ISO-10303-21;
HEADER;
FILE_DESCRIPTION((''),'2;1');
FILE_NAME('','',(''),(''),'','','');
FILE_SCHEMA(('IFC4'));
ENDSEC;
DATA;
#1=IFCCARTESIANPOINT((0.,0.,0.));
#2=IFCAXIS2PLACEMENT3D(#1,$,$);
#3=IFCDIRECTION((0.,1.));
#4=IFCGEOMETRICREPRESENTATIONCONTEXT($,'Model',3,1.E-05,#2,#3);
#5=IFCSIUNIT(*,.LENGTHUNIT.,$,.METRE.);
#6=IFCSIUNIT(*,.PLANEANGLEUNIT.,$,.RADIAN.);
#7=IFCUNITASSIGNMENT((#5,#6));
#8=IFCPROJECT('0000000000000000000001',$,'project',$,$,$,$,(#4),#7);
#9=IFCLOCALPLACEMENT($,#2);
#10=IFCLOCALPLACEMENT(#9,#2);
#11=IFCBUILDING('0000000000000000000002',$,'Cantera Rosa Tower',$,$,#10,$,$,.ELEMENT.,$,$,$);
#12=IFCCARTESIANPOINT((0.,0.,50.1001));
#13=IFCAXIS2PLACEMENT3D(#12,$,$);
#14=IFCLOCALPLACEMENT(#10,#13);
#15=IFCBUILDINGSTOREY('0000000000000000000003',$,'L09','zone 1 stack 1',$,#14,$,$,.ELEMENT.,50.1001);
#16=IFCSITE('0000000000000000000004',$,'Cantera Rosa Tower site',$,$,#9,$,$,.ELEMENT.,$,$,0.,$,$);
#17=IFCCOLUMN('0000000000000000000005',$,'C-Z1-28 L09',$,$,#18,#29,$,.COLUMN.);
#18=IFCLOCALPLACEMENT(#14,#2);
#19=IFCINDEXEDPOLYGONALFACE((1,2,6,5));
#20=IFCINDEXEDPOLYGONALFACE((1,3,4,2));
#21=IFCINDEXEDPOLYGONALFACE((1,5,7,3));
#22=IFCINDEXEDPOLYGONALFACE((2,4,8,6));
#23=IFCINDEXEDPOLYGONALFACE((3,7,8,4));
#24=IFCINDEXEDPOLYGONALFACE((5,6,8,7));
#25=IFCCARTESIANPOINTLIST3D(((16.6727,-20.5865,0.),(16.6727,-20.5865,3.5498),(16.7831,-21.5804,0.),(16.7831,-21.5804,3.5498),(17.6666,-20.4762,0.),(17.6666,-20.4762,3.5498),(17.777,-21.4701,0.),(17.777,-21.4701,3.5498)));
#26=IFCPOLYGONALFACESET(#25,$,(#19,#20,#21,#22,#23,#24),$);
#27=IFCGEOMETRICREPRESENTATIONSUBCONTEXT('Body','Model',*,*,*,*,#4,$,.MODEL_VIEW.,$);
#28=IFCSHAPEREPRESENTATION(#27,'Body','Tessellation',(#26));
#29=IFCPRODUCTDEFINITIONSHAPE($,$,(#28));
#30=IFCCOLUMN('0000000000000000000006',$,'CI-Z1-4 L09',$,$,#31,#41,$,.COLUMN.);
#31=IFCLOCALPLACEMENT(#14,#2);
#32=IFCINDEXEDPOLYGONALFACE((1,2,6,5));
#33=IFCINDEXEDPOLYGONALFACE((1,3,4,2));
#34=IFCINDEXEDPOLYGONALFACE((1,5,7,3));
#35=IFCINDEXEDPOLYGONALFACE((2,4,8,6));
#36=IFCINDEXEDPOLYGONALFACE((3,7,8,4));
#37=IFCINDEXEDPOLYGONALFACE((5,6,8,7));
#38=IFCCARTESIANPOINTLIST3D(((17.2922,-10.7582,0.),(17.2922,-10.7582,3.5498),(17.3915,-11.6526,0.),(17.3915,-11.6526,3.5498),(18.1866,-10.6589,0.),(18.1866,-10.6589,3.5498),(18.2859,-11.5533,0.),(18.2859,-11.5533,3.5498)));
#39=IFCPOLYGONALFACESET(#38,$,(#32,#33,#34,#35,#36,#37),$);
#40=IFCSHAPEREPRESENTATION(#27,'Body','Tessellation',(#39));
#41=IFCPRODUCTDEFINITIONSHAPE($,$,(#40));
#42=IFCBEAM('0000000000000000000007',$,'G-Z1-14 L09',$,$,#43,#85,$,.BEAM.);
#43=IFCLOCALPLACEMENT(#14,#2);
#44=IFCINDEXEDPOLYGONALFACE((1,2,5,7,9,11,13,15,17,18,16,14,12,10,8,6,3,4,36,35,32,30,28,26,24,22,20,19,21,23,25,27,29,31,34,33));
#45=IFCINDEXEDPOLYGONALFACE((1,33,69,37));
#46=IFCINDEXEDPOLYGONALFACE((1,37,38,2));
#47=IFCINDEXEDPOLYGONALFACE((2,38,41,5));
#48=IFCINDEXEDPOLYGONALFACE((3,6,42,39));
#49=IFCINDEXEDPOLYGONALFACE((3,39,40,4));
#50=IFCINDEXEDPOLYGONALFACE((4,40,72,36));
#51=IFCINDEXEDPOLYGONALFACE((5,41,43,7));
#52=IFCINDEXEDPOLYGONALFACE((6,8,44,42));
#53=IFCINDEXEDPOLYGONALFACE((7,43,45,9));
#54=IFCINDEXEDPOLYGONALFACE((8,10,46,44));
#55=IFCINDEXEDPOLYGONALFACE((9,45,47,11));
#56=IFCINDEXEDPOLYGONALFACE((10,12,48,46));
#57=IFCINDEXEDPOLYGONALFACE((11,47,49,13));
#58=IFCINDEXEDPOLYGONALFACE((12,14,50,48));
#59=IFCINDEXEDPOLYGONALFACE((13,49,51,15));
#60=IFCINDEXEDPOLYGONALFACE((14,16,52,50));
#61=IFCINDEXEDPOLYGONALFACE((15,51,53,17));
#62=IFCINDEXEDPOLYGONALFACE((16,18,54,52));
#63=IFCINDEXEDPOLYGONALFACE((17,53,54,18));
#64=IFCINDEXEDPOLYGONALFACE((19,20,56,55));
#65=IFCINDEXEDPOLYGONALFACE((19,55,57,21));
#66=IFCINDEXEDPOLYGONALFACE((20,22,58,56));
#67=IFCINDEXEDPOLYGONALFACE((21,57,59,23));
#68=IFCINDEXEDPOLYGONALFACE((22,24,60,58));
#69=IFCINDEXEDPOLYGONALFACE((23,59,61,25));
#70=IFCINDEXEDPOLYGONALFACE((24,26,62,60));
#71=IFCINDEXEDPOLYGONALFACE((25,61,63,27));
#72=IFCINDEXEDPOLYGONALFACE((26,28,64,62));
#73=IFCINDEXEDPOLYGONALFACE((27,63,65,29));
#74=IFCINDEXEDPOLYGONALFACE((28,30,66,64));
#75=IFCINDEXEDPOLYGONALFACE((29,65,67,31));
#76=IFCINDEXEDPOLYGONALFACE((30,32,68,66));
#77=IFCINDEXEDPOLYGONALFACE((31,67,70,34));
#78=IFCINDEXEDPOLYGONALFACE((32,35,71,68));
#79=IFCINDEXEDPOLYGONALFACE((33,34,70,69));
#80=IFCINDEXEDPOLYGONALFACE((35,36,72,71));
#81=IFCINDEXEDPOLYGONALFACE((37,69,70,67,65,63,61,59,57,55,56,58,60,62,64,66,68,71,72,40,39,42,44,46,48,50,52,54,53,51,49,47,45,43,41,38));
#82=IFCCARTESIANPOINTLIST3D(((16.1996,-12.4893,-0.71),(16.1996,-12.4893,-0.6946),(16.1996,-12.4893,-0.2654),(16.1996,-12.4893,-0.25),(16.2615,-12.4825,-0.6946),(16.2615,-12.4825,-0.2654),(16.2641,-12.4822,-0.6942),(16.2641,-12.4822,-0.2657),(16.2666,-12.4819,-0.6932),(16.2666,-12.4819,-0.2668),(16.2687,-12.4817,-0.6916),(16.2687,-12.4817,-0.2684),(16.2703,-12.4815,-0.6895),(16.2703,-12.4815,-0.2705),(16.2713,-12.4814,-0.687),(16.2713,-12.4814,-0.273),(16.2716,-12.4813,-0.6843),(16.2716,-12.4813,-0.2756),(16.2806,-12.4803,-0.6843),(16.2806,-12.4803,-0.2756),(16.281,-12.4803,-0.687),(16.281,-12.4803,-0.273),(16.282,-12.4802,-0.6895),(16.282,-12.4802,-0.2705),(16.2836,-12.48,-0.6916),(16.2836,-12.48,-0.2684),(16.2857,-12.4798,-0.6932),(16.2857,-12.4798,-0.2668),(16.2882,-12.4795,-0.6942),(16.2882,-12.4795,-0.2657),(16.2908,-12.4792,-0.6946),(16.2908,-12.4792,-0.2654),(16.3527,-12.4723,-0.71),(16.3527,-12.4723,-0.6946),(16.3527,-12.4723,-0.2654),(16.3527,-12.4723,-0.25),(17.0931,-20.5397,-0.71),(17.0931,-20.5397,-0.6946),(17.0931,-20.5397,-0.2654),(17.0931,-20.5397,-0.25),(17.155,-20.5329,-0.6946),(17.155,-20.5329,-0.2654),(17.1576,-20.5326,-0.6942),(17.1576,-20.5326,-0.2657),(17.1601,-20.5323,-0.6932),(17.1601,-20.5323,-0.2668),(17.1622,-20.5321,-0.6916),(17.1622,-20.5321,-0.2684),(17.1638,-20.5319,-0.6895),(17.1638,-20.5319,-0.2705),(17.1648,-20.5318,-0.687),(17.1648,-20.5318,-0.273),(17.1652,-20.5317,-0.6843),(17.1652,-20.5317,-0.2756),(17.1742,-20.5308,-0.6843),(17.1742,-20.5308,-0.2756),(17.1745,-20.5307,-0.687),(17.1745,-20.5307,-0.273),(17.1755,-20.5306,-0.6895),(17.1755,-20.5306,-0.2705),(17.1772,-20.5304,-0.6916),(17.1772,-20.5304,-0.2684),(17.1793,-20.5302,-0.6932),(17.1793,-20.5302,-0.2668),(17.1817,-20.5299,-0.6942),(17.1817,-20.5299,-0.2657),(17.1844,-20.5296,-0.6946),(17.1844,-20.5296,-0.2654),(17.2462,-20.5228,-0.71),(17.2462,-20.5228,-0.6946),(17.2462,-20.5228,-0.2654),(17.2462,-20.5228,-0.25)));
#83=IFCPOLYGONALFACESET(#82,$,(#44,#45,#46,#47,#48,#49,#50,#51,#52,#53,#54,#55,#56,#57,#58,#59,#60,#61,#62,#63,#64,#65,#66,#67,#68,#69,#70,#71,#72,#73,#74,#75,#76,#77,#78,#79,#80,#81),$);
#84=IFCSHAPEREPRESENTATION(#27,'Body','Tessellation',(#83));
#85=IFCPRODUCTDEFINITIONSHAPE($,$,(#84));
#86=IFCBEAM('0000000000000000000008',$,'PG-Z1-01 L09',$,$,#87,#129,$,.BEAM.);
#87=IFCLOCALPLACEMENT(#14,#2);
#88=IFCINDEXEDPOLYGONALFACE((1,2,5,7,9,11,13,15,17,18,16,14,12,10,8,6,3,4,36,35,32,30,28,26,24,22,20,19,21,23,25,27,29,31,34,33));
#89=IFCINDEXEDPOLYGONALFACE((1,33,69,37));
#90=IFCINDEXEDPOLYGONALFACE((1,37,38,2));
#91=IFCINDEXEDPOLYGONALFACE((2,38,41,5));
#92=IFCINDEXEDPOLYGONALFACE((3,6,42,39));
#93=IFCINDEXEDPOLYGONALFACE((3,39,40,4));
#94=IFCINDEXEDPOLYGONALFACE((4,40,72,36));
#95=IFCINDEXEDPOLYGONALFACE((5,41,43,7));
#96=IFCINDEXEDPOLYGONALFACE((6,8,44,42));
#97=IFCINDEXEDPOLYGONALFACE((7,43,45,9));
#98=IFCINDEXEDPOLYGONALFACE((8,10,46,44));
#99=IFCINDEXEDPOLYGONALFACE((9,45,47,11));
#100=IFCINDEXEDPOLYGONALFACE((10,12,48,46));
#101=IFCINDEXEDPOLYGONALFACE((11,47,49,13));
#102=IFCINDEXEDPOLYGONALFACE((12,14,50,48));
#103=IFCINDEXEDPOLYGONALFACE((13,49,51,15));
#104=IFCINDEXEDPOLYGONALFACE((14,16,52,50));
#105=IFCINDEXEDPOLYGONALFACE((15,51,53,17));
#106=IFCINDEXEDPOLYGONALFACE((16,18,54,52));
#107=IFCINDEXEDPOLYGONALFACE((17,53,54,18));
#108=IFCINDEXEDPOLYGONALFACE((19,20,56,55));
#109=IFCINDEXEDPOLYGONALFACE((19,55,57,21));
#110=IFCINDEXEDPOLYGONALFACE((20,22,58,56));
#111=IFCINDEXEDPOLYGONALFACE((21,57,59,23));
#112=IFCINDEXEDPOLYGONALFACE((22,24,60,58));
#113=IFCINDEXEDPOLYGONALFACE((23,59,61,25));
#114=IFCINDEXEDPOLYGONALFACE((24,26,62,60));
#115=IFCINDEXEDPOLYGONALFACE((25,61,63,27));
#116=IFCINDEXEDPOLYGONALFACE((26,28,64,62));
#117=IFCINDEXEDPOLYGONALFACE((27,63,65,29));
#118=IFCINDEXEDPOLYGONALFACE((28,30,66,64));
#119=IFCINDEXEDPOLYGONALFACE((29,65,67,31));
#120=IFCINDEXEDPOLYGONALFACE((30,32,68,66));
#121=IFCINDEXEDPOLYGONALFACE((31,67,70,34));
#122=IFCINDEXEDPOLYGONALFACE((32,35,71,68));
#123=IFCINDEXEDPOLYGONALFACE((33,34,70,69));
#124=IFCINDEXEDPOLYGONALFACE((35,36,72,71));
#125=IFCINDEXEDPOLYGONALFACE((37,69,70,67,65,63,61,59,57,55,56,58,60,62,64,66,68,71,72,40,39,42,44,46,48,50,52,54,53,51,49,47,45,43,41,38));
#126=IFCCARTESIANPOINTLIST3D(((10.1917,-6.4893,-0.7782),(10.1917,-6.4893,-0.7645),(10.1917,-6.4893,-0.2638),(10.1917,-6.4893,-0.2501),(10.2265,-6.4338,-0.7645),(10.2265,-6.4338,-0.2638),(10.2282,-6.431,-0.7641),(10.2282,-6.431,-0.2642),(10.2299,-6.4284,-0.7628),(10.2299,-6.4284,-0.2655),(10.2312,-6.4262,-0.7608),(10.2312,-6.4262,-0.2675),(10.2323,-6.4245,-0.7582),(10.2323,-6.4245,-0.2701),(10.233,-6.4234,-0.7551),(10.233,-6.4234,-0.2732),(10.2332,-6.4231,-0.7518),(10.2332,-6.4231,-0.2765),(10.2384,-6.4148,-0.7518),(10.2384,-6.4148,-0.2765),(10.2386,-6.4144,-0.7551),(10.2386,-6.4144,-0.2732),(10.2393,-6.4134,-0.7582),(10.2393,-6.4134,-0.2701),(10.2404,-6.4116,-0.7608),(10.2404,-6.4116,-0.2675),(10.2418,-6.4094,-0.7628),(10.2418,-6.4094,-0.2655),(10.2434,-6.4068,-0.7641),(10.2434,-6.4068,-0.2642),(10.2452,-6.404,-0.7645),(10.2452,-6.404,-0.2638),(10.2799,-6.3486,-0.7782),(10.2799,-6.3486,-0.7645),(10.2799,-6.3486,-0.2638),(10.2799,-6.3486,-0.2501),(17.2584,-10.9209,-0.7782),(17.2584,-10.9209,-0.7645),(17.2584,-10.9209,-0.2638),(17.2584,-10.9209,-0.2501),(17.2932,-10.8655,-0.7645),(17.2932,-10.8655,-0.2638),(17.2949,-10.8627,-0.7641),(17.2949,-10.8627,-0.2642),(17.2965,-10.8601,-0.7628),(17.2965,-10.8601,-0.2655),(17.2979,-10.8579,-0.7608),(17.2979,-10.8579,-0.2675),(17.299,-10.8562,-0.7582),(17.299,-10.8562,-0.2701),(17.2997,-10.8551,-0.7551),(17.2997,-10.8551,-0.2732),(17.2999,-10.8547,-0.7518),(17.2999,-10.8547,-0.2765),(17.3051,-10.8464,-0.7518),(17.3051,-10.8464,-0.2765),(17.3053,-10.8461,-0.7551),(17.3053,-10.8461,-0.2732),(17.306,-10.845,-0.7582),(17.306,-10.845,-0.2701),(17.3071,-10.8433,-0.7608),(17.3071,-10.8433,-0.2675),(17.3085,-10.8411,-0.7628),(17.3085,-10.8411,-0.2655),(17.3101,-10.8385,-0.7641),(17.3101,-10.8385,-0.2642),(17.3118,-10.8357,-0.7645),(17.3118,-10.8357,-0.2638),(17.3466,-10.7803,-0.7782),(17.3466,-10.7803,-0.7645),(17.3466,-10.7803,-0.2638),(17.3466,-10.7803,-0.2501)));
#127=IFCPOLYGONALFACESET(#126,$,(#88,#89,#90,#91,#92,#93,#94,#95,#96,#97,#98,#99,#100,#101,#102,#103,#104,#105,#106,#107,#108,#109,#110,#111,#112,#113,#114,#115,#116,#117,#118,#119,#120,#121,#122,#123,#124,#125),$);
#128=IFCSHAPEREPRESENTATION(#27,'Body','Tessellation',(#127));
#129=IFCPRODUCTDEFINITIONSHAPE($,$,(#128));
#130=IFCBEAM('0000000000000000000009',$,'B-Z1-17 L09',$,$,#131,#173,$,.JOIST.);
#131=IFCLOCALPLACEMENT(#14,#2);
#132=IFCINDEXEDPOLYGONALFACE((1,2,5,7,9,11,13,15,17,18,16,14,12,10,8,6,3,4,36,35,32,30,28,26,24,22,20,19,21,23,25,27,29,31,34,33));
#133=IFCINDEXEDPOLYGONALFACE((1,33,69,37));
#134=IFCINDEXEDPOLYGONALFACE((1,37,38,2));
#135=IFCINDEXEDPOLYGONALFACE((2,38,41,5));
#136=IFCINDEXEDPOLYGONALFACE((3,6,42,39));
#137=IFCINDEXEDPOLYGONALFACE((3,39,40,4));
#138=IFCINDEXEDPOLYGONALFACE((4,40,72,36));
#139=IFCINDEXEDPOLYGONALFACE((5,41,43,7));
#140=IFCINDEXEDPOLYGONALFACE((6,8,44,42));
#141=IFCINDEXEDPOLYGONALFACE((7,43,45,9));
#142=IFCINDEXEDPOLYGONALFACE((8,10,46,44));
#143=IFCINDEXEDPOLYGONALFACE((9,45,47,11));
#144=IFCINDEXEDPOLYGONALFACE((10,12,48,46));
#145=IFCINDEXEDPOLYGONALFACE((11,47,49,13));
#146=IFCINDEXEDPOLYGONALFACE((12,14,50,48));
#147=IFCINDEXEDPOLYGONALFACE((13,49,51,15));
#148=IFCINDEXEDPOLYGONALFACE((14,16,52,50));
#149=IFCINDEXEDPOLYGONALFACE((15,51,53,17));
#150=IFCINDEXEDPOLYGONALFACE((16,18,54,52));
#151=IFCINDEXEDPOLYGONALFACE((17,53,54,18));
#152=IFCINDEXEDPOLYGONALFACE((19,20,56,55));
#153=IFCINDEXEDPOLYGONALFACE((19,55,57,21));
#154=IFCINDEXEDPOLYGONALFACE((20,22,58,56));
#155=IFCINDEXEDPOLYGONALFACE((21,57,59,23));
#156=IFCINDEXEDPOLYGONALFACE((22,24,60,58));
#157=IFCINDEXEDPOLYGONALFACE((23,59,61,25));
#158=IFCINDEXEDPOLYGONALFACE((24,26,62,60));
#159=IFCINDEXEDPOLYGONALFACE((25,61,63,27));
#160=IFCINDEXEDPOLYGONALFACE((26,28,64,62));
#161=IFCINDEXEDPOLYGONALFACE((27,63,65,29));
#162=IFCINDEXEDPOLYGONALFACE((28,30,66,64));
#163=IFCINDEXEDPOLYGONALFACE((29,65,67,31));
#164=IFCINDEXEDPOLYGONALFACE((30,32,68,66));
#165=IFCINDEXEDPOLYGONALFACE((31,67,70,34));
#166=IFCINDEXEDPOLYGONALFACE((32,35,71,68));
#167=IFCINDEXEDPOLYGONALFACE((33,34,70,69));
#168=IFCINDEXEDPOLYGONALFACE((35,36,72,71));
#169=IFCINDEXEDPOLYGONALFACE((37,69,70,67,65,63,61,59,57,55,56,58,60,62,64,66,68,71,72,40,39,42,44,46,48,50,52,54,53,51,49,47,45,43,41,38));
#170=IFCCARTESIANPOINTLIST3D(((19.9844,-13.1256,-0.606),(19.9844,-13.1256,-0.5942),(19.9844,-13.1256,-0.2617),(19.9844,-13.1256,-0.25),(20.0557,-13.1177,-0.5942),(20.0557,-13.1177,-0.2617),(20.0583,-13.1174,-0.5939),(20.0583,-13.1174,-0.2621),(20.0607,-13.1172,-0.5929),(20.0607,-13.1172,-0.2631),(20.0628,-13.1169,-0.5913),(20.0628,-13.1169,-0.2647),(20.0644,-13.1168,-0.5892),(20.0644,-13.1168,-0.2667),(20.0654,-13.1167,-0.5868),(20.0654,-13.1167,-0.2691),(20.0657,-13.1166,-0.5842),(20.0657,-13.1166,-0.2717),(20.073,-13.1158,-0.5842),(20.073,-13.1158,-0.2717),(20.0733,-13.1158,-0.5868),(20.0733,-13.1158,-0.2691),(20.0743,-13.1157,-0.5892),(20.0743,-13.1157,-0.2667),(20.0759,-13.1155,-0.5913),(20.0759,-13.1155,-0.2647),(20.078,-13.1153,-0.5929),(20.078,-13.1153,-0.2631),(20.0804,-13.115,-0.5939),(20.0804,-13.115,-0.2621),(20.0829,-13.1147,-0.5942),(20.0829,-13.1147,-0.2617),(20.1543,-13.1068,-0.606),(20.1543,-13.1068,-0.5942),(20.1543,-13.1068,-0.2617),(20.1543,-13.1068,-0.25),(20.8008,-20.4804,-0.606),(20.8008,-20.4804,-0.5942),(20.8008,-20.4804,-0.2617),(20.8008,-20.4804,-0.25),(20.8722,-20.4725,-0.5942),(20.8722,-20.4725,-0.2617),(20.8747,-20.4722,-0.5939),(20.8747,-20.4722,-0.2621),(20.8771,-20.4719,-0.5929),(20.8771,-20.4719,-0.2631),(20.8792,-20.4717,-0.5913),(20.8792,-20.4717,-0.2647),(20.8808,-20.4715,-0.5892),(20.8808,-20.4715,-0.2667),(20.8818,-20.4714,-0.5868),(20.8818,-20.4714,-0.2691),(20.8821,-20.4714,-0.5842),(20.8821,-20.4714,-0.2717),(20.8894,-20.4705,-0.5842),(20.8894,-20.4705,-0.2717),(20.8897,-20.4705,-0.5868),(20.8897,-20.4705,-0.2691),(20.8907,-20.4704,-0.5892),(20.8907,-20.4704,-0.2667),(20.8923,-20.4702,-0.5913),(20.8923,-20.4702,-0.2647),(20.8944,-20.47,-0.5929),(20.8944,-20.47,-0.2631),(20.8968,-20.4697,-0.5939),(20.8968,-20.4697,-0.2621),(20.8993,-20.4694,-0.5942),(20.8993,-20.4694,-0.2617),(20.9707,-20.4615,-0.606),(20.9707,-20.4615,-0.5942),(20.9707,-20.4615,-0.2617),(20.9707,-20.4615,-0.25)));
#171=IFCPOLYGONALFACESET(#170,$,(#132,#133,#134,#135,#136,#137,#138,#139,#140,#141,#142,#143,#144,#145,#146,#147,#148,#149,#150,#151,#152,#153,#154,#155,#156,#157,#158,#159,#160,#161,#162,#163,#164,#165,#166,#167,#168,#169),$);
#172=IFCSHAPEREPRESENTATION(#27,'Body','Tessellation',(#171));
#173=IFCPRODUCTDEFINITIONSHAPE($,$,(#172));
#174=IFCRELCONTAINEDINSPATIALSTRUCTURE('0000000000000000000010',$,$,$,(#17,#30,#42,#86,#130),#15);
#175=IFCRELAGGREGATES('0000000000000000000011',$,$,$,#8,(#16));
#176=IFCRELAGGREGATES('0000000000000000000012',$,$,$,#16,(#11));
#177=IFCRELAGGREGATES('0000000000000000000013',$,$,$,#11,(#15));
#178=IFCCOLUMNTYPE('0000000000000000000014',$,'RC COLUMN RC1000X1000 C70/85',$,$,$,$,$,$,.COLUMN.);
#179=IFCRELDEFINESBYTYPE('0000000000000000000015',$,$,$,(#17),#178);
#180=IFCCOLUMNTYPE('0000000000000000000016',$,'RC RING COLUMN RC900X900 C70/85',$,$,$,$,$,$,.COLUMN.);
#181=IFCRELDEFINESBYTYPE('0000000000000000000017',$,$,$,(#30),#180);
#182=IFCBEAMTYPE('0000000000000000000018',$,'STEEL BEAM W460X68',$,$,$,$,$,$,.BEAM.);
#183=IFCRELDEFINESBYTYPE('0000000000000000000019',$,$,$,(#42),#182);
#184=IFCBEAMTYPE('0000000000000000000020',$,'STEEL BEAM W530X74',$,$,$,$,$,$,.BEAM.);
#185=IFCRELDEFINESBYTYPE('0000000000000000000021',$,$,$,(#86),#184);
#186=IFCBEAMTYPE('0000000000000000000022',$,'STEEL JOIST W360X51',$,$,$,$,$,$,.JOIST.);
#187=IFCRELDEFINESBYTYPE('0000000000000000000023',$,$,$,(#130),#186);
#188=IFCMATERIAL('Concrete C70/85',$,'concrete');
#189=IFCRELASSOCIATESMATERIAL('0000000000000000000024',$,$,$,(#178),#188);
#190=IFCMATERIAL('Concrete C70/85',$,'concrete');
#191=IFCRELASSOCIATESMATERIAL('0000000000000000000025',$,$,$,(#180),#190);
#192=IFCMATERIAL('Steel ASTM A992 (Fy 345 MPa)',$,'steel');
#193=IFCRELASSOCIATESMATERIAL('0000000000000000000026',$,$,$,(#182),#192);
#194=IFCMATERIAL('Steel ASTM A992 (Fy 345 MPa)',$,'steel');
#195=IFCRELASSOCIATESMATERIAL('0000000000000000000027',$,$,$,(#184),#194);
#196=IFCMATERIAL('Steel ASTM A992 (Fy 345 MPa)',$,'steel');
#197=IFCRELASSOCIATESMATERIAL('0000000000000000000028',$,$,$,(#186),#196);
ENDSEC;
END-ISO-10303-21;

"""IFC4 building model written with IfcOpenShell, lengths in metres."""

from ifc_helpers import new_model, si_unit, direction, frame, origin, origin_2d, place, context, subcontext, project, spatial, rectangle, i_section, extrude, material, material_profile, profile_set, type_object, element, save


model = new_model("IFC4")

# Units and contexts
model_context = context("Model", 3, precision=1e-05, world=origin(), true_north=direction((0.0, 1.0)))
body_context = subcontext(model_context, "Body", "Model", "MODEL_VIEW")
ifc_project = project(units=[si_unit("LENGTHUNIT", "METRE"), si_unit("PLANEANGLEUNIT", "RADIAN")], contexts=[model_context])

# Site, building, storey
site_placement = place(None, origin())
site = spatial("IfcSite", under=ifc_project, at=site_placement, Name="Cantera Rosa Tower site", CompositionType="ELEMENT", RefElevation=0.0)
building_placement = place(site_placement, origin())
building = spatial("IfcBuilding", under=site, at=building_placement, Name="Cantera Rosa Tower", CompositionType="ELEMENT")
storey_placement = place(building_placement, frame((0.0, 0.0, 50.1001)))
storey = spatial("IfcBuildingStorey", under=building, at=storey_placement, Name="L09", Description="zone 1 stack 1", CompositionType="ELEMENT", Elevation=50.1001)

# Columns
ifc_material_1 = material(Name="Concrete C70/85", Category="concrete")
ifc_material_profile_1 = material_profile(ifc_material_1, rectangle(XDim=1.0, YDim=1.0, at=origin_2d()), Name="RC COLUMN RC1000X1000 C70/85")
ifc_profile_set_1 = profile_set([ifc_material_profile_1], Name="Concrete C70/85")
column_type_1 = type_object("IfcColumnType", Name="RC COLUMN RC1000X1000 C70/85", PredefinedType="COLUMN", material=ifc_profile_set_1)
column_1_placement = place(storey_placement, frame((17.2249, -21.0283, 0.0), z_axis=(0.0, 0.0, 1.0), x_axis=(0.993897, 0.110313, 0.0)))
element("IfcColumn", 1, at=column_1_placement, inside=storey, type_object=column_type_1, Name="C-Z1-28 L09", PredefinedType="COLUMN", context=body_context, shape_type="SweptSolid", body=[
    extrude(rectangle(XDim=1.0, YDim=1.0, at=origin_2d()), origin(), (0.0, 0.0, 1.0), 3.5498),
])
ifc_material_2 = material(Name="Concrete C70/85", Category="concrete")
ifc_material_profile_2 = material_profile(ifc_material_2, rectangle(XDim=0.8999, YDim=0.8999, at=origin_2d()), Name="RC RING COLUMN RC900X900 C70/85")
ifc_profile_set_2 = profile_set([ifc_material_profile_2], Name="Concrete C70/85")
column_type_2 = type_object("IfcColumnType", Name="RC RING COLUMN RC900X900 C70/85", PredefinedType="COLUMN", material=ifc_profile_set_2)
column_2_placement = place(storey_placement, frame((17.7891, -11.1558, 0.0), z_axis=(0.0, 0.0, 1.0), x_axis=(0.993897, 0.110313, 0.0)))
element("IfcColumn", 2, at=column_2_placement, inside=storey, type_object=column_type_2, Name="CI-Z1-4 L09", PredefinedType="COLUMN", context=body_context, shape_type="SweptSolid", body=[
    extrude(rectangle(XDim=0.8999, YDim=0.8999, at=origin_2d()), origin(), (0.0, 0.0, 1.0), 3.5498),
])

# Beams
ifc_material_3 = material(Name="Steel ASTM A992 (Fy 345 MPa)", Category="steel")
ifc_material_profile_3 = material_profile(ifc_material_3, i_section(OverallWidth=0.1541, OverallDepth=0.46, WebThickness=0.009, FlangeThickness=0.0154, FilletRadius=0.0103, at=origin_2d()), Name="W460X68")
ifc_profile_set_3 = profile_set([ifc_material_profile_3], Name="Steel ASTM A992 (Fy 345 MPa)")
beam_type_1 = type_object("IfcBeamType", Name="STEEL BEAM W460X68", PredefinedType="BEAM", material=ifc_profile_set_3)
beam_1_placement = place(storey_placement, frame((17.1697, -20.5312, -0.48), z_axis=(-0.110316, 0.993897, 0.0), x_axis=(-0.993897, -0.110316, 0.0)))
element("IfcBeam", 3, at=beam_1_placement, inside=storey, type_object=beam_type_1, Name="G-Z1-14 L09", PredefinedType="BEAM", context=body_context, shape_type="SweptSolid", body=[
    extrude(i_section(OverallWidth=0.1541, OverallDepth=0.46, WebThickness=0.009, FlangeThickness=0.0154, FilletRadius=0.0103, at=origin_2d()), origin(), (0.0, 0.0, 1.0), 8.0999),
])
ifc_material_4 = material(Name="Steel ASTM A992 (Fy 345 MPa)", Category="steel")
ifc_material_profile_4 = material_profile(ifc_material_4, i_section(OverallWidth=0.166, OverallDepth=0.5281, WebThickness=0.0098, FlangeThickness=0.0137, FilletRadius=0.0127, at=origin_2d()), Name="W530X74")
ifc_profile_set_4 = profile_set([ifc_material_profile_4], Name="Steel ASTM A992 (Fy 345 MPa)")
beam_type_2 = type_object("IfcBeamType", Name="STEEL BEAM W530X74", PredefinedType="BEAM", material=ifc_profile_set_4)
beam_2_placement = place(storey_placement, frame((17.3025, -10.8506, -0.5142), z_axis=(-0.84719, 0.53129, 0.0), x_axis=(-0.53129, -0.84719, 0.0)))
element("IfcBeam", 4, at=beam_2_placement, inside=storey, type_object=beam_type_2, Name="PG-Z1-01 L09", PredefinedType="BEAM", context=body_context, shape_type="SweptSolid", body=[
    extrude(i_section(OverallWidth=0.166, OverallDepth=0.5281, WebThickness=0.0098, FlangeThickness=0.0137, FilletRadius=0.0127, at=origin_2d()), origin(), (0.0, 0.0, 1.0), 8.3413),
])
ifc_material_5 = material(Name="Steel ASTM A992 (Fy 345 MPa)", Category="steel")
ifc_material_profile_5 = material_profile(ifc_material_5, i_section(OverallWidth=0.1709, OverallDepth=0.356, WebThickness=0.0073, FlangeThickness=0.0117, FilletRadius=0.01, at=origin_2d()), Name="W360X51")
ifc_profile_set_5 = profile_set([ifc_material_profile_5], Name="Steel ASTM A992 (Fy 345 MPa)")
beam_type_3 = type_object("IfcBeamType", Name="STEEL JOIST W360X51", PredefinedType="JOIST", material=ifc_profile_set_5)
beam_3_placement = place(storey_placement, frame((20.8857, -20.4709, -0.428), z_axis=(-0.110327, 0.993895, 0.0), x_axis=(-0.993895, -0.110327, 0.0)))
element("IfcBeam", 5, at=beam_3_placement, inside=storey, type_object=beam_type_3, Name="B-Z1-17 L09", PredefinedType="JOIST", context=body_context, shape_type="SweptSolid", body=[
    extrude(i_section(OverallWidth=0.1709, OverallDepth=0.356, WebThickness=0.0073, FlangeThickness=0.0117, FilletRadius=0.01, at=origin_2d()), origin(), (0.0, 0.0, 1.0), 7.3999),
])

save(model, "model.ifc")
